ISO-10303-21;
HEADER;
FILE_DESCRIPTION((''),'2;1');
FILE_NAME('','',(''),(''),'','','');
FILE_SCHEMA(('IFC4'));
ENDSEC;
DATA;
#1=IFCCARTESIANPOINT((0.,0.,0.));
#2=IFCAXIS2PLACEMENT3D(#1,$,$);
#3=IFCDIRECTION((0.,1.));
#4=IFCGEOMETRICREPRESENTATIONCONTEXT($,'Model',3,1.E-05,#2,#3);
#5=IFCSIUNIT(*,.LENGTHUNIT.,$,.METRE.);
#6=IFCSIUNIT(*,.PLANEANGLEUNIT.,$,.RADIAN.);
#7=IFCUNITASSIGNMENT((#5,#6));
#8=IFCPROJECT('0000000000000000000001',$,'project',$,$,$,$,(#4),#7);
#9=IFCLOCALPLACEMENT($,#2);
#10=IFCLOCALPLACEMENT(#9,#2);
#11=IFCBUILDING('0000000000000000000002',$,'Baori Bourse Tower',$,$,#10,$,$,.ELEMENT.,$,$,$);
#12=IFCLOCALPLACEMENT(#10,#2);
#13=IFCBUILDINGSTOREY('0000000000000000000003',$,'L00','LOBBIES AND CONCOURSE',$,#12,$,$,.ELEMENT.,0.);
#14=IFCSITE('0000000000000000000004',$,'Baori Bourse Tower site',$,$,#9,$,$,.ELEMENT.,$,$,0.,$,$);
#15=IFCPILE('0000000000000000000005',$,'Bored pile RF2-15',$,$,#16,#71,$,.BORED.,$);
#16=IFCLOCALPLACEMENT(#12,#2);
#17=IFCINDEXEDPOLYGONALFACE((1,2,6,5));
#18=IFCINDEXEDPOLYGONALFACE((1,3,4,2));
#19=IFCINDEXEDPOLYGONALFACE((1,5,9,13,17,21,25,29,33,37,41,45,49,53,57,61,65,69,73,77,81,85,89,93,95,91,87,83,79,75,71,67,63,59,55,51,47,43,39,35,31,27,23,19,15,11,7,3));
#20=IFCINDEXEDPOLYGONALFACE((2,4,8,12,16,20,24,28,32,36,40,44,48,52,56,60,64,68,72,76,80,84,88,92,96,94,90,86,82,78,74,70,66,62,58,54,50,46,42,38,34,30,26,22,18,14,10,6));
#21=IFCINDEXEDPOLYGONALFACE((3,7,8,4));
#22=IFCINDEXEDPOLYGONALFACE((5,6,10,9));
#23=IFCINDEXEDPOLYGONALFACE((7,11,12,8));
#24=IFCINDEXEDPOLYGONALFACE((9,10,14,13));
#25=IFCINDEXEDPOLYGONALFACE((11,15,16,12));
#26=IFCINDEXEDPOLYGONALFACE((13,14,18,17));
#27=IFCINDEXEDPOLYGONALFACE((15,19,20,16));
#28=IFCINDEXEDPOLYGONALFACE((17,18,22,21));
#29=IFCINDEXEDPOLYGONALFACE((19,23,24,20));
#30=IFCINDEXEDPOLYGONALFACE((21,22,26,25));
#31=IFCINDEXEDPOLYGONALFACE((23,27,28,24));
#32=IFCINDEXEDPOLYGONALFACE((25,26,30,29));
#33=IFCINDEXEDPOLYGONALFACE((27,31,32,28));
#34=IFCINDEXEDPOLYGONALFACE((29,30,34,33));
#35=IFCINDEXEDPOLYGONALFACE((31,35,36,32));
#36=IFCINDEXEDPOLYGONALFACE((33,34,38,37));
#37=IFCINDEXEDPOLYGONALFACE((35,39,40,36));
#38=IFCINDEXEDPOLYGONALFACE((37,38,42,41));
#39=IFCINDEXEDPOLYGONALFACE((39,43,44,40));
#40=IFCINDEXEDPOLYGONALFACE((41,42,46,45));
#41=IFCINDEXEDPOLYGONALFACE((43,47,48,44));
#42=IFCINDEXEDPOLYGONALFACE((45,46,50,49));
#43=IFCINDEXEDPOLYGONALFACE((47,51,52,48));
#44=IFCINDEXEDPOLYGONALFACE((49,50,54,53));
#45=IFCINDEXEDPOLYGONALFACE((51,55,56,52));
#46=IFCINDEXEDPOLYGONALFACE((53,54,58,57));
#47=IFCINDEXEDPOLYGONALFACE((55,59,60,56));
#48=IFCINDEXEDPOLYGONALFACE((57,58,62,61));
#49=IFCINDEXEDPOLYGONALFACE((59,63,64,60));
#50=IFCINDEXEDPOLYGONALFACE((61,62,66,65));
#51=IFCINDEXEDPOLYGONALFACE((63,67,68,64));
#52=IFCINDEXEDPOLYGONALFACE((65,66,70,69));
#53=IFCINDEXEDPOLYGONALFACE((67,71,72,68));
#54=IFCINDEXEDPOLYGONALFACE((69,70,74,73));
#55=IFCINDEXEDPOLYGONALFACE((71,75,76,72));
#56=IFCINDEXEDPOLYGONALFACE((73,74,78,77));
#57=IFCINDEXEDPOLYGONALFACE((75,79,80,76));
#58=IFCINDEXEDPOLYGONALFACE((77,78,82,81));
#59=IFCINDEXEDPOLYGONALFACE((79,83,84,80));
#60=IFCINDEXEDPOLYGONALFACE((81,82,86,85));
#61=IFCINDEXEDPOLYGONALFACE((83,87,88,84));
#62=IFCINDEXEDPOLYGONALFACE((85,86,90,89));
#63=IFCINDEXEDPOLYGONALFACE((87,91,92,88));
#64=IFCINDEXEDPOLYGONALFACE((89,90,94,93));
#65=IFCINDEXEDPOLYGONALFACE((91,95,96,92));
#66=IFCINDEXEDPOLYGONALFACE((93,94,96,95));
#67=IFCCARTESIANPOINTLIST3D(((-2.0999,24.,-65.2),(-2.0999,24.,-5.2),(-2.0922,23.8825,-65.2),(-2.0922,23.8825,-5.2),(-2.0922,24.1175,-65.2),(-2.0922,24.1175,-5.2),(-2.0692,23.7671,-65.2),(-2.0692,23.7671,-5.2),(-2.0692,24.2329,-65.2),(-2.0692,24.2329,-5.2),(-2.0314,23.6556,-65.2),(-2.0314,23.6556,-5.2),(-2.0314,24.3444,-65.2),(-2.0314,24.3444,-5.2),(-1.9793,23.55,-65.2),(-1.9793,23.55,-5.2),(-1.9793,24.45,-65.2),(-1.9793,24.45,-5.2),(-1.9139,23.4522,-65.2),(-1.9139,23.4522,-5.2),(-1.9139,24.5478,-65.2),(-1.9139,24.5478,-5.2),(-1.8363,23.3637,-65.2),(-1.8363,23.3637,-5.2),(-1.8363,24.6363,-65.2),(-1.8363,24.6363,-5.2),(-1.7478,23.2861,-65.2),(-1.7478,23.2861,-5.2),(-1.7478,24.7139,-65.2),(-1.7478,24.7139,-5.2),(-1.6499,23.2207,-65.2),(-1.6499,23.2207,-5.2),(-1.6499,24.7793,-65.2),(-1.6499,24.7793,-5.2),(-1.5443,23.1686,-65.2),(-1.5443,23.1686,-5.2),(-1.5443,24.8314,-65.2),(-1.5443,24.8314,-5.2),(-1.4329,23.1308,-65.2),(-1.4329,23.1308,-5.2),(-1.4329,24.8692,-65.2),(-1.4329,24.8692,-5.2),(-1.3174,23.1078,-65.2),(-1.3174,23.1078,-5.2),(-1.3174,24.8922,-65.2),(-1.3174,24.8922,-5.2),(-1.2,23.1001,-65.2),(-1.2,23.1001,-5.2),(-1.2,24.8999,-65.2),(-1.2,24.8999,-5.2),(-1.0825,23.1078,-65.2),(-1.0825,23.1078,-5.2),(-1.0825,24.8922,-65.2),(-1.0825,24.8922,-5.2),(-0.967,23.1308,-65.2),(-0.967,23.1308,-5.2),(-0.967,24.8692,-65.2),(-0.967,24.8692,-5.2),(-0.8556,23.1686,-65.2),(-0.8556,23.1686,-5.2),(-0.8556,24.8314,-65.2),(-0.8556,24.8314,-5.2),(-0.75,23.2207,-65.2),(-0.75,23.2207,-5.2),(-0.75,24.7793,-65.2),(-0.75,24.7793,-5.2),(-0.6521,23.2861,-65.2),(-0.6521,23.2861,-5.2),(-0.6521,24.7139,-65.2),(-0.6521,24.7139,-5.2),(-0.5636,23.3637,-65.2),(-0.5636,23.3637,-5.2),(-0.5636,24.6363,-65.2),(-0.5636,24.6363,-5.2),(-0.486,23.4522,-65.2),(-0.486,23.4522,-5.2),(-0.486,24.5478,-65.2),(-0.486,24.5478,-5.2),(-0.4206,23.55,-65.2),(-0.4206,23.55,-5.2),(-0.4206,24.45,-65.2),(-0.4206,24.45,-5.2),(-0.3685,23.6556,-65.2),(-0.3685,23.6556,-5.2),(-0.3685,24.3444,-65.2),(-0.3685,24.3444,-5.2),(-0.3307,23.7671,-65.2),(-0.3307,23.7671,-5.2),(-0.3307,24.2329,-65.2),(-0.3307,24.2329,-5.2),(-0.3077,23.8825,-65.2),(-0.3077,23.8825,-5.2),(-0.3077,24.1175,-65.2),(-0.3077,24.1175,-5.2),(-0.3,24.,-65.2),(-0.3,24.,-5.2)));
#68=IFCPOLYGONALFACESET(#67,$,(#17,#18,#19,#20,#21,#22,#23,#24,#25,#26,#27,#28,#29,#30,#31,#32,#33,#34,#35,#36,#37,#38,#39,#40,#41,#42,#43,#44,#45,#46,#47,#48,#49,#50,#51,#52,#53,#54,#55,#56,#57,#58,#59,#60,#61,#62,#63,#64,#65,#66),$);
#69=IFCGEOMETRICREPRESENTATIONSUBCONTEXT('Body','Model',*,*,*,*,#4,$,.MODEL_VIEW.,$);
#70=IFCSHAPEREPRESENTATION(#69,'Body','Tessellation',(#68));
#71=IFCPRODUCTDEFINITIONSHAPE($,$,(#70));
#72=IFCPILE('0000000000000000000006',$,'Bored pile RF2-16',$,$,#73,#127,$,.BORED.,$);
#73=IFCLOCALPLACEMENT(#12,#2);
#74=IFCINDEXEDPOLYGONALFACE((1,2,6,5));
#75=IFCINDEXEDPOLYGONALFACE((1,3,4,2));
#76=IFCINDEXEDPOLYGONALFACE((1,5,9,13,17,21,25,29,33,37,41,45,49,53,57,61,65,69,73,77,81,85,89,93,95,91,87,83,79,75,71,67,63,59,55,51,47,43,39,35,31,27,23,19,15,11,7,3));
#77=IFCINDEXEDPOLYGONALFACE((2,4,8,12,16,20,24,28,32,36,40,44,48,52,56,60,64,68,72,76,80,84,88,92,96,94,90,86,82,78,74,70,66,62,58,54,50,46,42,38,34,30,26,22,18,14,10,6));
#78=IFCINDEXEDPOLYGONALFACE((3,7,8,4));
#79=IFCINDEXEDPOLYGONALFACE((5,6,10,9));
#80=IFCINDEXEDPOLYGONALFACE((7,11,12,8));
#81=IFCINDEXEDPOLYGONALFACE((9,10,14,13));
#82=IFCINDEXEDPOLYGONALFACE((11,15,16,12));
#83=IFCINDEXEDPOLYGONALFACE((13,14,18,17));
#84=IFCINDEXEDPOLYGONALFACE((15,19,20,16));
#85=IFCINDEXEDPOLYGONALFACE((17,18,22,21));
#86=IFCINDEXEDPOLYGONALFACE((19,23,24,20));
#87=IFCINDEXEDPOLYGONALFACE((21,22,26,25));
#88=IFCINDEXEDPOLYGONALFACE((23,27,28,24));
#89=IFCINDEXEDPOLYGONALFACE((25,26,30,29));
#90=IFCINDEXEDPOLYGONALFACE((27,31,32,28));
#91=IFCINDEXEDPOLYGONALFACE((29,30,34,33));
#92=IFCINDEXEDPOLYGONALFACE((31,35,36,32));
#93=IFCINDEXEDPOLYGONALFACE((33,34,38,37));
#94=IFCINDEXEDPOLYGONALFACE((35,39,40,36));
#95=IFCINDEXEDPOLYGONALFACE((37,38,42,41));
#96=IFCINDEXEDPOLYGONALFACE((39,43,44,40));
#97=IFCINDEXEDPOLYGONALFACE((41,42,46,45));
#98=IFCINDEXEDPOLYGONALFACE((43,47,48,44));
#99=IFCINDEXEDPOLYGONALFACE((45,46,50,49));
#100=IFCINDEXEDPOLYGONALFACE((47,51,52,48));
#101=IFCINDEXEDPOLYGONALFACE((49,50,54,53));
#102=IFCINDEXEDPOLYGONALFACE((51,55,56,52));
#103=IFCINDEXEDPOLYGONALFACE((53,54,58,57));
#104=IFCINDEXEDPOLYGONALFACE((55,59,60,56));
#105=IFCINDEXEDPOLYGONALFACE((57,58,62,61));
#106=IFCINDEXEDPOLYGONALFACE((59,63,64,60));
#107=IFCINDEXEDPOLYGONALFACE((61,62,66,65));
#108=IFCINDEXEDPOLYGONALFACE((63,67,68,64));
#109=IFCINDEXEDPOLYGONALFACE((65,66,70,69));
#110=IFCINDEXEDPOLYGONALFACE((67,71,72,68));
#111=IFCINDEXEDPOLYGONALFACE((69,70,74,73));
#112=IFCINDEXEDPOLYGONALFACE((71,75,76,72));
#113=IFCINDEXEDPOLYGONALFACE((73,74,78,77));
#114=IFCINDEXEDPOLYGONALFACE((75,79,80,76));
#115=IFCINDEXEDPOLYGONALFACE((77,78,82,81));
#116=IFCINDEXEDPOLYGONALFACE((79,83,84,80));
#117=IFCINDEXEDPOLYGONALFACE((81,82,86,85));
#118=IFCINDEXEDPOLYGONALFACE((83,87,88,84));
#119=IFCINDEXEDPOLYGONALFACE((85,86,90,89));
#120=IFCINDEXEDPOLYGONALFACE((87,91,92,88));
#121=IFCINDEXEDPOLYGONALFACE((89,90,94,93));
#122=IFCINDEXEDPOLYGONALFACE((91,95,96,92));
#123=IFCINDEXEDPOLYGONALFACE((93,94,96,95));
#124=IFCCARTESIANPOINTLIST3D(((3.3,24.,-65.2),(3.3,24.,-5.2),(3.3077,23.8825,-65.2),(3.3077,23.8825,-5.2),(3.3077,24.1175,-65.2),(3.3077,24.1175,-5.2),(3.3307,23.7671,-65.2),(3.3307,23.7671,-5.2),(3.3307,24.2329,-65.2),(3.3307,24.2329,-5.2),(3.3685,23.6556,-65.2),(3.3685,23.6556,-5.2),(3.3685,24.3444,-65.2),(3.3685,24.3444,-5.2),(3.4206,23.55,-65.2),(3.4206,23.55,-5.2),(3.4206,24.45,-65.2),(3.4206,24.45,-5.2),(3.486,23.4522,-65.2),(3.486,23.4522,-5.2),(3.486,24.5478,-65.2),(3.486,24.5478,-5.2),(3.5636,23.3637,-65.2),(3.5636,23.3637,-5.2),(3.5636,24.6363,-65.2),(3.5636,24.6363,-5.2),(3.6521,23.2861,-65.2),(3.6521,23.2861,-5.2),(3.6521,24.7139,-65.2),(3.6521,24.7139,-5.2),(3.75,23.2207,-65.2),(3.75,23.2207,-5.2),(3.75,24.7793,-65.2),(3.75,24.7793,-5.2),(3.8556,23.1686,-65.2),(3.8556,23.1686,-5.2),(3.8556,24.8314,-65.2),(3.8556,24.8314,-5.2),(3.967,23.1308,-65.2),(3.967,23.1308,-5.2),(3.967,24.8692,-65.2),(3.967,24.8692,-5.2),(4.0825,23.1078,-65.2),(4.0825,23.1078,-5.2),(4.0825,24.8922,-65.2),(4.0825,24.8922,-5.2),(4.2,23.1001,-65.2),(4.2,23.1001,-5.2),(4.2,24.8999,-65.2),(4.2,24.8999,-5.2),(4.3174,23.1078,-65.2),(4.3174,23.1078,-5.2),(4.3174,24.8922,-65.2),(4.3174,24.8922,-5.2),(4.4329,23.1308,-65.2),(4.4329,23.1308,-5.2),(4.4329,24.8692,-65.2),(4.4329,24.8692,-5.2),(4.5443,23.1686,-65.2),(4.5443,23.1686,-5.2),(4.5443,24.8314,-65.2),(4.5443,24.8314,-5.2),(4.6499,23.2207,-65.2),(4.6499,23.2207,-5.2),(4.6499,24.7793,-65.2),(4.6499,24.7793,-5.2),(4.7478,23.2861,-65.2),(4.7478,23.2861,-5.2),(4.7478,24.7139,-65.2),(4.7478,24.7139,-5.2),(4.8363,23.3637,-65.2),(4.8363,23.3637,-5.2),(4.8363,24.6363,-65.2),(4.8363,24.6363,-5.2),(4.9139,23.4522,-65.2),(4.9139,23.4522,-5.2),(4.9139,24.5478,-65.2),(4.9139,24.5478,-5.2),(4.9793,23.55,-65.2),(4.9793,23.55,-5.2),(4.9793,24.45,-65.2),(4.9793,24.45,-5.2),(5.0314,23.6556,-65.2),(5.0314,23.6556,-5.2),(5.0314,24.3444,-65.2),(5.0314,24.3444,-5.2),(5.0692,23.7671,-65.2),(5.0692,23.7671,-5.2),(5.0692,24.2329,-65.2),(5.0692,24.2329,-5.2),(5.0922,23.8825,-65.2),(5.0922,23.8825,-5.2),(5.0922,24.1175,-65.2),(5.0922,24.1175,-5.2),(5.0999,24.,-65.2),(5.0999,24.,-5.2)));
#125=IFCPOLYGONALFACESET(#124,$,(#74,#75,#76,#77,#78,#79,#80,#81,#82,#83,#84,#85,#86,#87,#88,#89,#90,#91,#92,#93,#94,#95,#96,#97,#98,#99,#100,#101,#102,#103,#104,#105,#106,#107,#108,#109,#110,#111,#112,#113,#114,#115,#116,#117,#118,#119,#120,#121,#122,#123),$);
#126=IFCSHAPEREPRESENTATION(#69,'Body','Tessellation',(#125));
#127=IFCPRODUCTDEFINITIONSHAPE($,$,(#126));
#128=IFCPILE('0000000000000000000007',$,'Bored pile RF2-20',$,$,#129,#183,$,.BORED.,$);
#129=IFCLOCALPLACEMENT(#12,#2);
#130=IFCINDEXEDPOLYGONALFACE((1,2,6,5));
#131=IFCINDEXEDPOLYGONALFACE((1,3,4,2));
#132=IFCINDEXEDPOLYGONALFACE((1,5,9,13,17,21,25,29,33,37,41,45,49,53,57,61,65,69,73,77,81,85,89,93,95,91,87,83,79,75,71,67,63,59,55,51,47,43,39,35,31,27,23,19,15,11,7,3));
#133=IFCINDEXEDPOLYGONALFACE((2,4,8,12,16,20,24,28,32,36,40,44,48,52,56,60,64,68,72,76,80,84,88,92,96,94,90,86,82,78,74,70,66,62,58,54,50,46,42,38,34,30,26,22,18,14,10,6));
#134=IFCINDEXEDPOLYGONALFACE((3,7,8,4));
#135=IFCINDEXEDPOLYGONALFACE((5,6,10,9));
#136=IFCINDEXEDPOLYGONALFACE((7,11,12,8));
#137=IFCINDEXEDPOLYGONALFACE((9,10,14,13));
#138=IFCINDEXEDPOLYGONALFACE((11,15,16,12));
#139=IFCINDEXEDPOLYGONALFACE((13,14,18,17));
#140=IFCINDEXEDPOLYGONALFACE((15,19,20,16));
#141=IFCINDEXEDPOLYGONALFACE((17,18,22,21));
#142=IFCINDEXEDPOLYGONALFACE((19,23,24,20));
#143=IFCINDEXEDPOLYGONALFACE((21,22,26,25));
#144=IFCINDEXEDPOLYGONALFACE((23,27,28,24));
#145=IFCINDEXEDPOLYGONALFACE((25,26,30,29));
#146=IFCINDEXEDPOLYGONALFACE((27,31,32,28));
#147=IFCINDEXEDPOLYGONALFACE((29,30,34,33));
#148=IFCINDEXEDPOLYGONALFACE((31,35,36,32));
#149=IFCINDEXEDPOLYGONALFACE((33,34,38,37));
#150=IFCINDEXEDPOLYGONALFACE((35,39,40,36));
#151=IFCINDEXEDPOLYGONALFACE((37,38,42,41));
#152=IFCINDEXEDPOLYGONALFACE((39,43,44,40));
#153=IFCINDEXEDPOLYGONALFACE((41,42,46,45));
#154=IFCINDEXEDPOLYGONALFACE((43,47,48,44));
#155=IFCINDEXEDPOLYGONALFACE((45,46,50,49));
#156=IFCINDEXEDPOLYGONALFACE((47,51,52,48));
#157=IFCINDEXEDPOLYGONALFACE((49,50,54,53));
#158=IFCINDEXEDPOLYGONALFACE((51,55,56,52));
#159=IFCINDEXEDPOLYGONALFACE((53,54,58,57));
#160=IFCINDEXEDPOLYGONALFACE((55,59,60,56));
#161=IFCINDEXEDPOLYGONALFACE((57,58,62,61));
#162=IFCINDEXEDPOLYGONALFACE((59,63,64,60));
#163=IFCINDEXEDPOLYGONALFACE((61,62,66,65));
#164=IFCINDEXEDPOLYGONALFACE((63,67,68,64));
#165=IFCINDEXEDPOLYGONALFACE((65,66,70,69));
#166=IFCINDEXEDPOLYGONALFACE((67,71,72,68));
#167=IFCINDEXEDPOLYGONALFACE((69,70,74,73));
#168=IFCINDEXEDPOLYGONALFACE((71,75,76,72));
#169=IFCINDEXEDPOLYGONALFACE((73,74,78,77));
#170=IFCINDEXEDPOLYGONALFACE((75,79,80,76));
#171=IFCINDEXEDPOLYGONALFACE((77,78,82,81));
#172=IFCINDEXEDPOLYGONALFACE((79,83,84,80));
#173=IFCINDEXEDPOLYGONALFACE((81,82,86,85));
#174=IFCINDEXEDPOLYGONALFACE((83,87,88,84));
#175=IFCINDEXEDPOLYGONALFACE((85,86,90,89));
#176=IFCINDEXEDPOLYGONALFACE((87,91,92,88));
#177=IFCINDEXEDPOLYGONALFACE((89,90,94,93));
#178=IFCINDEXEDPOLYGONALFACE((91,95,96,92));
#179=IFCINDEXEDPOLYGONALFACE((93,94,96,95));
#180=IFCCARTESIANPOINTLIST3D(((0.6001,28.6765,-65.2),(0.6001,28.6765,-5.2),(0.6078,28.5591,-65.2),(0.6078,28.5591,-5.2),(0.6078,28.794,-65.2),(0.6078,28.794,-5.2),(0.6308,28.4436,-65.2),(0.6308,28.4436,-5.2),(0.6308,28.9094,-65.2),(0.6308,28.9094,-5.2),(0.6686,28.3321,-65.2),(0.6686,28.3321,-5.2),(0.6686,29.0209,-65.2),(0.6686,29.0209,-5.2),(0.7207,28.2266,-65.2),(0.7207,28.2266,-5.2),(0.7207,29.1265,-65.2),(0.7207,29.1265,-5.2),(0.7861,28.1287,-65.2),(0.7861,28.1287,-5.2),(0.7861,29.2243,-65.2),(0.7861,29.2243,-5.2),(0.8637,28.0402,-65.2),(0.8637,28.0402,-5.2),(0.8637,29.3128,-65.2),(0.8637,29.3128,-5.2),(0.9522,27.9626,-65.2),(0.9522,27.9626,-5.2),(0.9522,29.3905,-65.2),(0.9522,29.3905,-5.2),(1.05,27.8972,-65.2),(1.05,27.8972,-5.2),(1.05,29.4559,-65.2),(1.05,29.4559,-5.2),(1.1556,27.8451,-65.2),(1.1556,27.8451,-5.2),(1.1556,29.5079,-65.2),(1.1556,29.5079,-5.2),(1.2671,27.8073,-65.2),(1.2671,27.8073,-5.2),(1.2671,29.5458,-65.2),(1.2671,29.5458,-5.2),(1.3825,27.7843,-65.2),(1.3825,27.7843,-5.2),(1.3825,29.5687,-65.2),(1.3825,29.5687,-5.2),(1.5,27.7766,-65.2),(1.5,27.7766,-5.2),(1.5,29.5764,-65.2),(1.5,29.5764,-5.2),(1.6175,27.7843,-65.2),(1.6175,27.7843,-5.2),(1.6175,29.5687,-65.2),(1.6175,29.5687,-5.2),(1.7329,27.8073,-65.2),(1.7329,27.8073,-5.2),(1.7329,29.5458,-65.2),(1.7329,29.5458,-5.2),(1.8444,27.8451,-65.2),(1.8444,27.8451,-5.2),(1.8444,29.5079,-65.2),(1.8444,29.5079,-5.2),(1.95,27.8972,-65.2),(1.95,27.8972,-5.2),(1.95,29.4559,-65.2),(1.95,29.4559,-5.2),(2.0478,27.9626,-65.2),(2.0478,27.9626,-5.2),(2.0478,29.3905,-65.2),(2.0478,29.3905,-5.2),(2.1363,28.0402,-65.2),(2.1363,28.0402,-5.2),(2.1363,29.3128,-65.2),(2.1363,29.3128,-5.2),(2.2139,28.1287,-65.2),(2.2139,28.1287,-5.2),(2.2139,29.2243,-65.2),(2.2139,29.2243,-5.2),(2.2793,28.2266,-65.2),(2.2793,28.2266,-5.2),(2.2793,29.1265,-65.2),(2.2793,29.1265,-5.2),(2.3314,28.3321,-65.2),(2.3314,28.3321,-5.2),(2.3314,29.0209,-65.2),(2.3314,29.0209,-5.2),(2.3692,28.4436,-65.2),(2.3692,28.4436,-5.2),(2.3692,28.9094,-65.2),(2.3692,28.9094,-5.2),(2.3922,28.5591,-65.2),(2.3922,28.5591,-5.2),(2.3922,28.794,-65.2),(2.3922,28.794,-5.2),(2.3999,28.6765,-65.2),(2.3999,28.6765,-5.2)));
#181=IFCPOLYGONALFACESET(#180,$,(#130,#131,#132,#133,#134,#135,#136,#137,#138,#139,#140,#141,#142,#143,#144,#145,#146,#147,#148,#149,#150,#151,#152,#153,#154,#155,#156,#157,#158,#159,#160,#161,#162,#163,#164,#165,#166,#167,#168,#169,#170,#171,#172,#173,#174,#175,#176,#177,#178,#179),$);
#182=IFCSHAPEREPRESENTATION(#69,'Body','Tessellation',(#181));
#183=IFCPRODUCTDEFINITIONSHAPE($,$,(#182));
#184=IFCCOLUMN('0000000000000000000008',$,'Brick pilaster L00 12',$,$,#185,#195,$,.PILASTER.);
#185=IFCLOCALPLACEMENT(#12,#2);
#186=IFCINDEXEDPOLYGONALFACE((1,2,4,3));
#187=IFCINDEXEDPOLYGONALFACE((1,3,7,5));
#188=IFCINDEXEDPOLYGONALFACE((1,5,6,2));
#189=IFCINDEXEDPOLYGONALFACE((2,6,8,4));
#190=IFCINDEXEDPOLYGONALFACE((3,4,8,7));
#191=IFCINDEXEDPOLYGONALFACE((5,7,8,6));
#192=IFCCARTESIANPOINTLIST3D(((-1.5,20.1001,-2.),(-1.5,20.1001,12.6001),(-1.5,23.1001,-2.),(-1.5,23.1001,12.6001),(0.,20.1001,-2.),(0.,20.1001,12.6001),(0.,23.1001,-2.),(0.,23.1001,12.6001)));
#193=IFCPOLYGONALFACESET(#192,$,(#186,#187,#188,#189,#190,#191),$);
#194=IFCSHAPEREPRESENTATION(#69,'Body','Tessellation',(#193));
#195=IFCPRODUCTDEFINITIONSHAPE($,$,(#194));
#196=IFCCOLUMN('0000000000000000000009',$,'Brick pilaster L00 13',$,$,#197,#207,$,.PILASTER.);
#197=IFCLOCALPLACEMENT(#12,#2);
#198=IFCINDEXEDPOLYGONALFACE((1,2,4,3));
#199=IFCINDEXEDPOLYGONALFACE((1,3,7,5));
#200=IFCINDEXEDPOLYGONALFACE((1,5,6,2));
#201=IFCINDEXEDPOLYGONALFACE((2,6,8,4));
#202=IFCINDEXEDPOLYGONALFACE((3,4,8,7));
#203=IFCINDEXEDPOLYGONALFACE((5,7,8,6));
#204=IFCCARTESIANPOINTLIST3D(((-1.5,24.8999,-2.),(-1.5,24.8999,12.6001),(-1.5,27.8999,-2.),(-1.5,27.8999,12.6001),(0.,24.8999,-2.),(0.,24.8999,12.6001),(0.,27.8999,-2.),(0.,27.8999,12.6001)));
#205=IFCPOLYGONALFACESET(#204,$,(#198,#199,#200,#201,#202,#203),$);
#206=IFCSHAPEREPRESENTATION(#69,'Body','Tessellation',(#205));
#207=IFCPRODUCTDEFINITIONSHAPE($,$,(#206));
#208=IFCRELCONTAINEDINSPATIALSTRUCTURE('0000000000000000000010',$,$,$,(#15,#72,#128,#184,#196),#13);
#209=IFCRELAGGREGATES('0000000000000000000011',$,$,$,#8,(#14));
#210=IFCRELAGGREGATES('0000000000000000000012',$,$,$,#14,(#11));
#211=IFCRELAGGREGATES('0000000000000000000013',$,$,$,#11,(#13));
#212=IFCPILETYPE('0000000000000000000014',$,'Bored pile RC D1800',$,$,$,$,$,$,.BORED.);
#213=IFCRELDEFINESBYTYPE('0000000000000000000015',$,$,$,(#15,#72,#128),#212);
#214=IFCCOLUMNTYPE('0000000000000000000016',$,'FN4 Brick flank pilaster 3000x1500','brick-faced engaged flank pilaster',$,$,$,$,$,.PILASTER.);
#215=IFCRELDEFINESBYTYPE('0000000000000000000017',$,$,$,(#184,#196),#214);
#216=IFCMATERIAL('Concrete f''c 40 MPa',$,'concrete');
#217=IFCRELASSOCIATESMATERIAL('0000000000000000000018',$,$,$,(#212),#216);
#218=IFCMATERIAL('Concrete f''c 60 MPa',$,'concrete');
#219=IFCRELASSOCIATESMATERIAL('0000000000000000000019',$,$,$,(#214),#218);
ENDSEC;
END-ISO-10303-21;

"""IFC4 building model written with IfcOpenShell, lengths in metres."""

from ifc_helpers import new_model, si_unit, direction, frame, origin, origin_2d, place, context, subcontext, project, spatial, rectangle, circle, extrude, material, material_profile, profile_set, type_object, element, save


model = new_model("IFC4")

# Units and contexts
model_context = context("Model", 3, precision=1e-05, world=origin(), true_north=direction((0.0, 1.0)))
body_context = subcontext(model_context, "Body", "Model", "MODEL_VIEW")
ifc_project = project(units=[si_unit("LENGTHUNIT", "METRE"), si_unit("PLANEANGLEUNIT", "RADIAN")], contexts=[model_context])

# Site, building, storey
site_placement = place(None, origin())
site = spatial("IfcSite", under=ifc_project, at=site_placement, Name="Baori Bourse Tower site", CompositionType="ELEMENT", RefElevation=0.0)
building_placement = place(site_placement, origin())
building = spatial("IfcBuilding", under=site, at=building_placement, Name="Baori Bourse Tower", CompositionType="ELEMENT")
storey_placement = place(building_placement, origin())
storey = spatial("IfcBuildingStorey", under=building, at=storey_placement, Name="L00", Description="LOBBIES AND CONCOURSE", CompositionType="ELEMENT", Elevation=0.0)

# Piles
ifc_material_1 = material(Name="Concrete f'c 40 MPa", Category="concrete")
ifc_material_profile_1 = material_profile(ifc_material_1, circle(Radius=0.8999, at=origin_2d()), Name="RC D1800")
ifc_profile_set_1 = profile_set([ifc_material_profile_1], Name="Concrete f'c 40 MPa")
pile_type = type_object("IfcPileType", Name="Bored pile RC D1800", PredefinedType="BORED", material=ifc_profile_set_1)
for number, where, z_axis, x_axis, name in (
    (1, (-1.2, 24.0, -5.2), (0.0, 0.0, -1.0), (1.0, 0.0, 0.0), "Bored pile RF2-15"),
    (2, (4.2, 24.0, -5.2), (0.0, 0.0, -1.0), (1.0, 0.0, 0.0), "Bored pile RF2-16"),
    (3, (1.5, 28.6765, -5.2), (0.0, 0.0, -1.0), (1.0, 0.0, 0.0), "Bored pile RF2-20"),
):
    element("IfcPile", number, at=place(storey_placement, frame(where, z_axis=z_axis, x_axis=x_axis)), inside=storey, type_object=pile_type, Name=name, PredefinedType="BORED", context=body_context, shape_type="SweptSolid", body=[
        extrude(circle(Radius=0.8999, at=origin_2d()), origin(), (0.0, 0.0, 1.0), 60.0),
    ])

# Columns
ifc_material_2 = material(Name="Concrete f'c 60 MPa", Category="concrete")
ifc_material_profile_2 = material_profile(ifc_material_2, rectangle(XDim=3.0, YDim=1.5, at=origin_2d()), Name="RC 3000x1500")
ifc_profile_set_2 = profile_set([ifc_material_profile_2], Name="Concrete f'c 60 MPa")
column_type = type_object("IfcColumnType", Name="FN4 Brick flank pilaster 3000x1500", Description="brick-faced engaged flank pilaster", PredefinedType="PILASTER", material=ifc_profile_set_2)
for number, where, z_axis, x_axis, name in (
    (4, (-0.75, 21.6001, -2.0), (0.0, 0.0, 1.0), (0.0, 1.0, 0.0), "Brick pilaster L00 12"),
    (5, (-0.75, 26.3999, -2.0), (0.0, 0.0, 1.0), (0.0, 1.0, 0.0), "Brick pilaster L00 13"),
):
    element("IfcColumn", number, at=place(storey_placement, frame(where, z_axis=z_axis, x_axis=x_axis)), inside=storey, type_object=column_type, Name=name, PredefinedType="PILASTER", context=body_context, shape_type="SweptSolid", body=[
        extrude(rectangle(XDim=3.0, YDim=1.5, at=origin_2d()), origin(), (0.0, 0.0, 1.0), 14.6001),
    ])

save(model, "model.ifc")
